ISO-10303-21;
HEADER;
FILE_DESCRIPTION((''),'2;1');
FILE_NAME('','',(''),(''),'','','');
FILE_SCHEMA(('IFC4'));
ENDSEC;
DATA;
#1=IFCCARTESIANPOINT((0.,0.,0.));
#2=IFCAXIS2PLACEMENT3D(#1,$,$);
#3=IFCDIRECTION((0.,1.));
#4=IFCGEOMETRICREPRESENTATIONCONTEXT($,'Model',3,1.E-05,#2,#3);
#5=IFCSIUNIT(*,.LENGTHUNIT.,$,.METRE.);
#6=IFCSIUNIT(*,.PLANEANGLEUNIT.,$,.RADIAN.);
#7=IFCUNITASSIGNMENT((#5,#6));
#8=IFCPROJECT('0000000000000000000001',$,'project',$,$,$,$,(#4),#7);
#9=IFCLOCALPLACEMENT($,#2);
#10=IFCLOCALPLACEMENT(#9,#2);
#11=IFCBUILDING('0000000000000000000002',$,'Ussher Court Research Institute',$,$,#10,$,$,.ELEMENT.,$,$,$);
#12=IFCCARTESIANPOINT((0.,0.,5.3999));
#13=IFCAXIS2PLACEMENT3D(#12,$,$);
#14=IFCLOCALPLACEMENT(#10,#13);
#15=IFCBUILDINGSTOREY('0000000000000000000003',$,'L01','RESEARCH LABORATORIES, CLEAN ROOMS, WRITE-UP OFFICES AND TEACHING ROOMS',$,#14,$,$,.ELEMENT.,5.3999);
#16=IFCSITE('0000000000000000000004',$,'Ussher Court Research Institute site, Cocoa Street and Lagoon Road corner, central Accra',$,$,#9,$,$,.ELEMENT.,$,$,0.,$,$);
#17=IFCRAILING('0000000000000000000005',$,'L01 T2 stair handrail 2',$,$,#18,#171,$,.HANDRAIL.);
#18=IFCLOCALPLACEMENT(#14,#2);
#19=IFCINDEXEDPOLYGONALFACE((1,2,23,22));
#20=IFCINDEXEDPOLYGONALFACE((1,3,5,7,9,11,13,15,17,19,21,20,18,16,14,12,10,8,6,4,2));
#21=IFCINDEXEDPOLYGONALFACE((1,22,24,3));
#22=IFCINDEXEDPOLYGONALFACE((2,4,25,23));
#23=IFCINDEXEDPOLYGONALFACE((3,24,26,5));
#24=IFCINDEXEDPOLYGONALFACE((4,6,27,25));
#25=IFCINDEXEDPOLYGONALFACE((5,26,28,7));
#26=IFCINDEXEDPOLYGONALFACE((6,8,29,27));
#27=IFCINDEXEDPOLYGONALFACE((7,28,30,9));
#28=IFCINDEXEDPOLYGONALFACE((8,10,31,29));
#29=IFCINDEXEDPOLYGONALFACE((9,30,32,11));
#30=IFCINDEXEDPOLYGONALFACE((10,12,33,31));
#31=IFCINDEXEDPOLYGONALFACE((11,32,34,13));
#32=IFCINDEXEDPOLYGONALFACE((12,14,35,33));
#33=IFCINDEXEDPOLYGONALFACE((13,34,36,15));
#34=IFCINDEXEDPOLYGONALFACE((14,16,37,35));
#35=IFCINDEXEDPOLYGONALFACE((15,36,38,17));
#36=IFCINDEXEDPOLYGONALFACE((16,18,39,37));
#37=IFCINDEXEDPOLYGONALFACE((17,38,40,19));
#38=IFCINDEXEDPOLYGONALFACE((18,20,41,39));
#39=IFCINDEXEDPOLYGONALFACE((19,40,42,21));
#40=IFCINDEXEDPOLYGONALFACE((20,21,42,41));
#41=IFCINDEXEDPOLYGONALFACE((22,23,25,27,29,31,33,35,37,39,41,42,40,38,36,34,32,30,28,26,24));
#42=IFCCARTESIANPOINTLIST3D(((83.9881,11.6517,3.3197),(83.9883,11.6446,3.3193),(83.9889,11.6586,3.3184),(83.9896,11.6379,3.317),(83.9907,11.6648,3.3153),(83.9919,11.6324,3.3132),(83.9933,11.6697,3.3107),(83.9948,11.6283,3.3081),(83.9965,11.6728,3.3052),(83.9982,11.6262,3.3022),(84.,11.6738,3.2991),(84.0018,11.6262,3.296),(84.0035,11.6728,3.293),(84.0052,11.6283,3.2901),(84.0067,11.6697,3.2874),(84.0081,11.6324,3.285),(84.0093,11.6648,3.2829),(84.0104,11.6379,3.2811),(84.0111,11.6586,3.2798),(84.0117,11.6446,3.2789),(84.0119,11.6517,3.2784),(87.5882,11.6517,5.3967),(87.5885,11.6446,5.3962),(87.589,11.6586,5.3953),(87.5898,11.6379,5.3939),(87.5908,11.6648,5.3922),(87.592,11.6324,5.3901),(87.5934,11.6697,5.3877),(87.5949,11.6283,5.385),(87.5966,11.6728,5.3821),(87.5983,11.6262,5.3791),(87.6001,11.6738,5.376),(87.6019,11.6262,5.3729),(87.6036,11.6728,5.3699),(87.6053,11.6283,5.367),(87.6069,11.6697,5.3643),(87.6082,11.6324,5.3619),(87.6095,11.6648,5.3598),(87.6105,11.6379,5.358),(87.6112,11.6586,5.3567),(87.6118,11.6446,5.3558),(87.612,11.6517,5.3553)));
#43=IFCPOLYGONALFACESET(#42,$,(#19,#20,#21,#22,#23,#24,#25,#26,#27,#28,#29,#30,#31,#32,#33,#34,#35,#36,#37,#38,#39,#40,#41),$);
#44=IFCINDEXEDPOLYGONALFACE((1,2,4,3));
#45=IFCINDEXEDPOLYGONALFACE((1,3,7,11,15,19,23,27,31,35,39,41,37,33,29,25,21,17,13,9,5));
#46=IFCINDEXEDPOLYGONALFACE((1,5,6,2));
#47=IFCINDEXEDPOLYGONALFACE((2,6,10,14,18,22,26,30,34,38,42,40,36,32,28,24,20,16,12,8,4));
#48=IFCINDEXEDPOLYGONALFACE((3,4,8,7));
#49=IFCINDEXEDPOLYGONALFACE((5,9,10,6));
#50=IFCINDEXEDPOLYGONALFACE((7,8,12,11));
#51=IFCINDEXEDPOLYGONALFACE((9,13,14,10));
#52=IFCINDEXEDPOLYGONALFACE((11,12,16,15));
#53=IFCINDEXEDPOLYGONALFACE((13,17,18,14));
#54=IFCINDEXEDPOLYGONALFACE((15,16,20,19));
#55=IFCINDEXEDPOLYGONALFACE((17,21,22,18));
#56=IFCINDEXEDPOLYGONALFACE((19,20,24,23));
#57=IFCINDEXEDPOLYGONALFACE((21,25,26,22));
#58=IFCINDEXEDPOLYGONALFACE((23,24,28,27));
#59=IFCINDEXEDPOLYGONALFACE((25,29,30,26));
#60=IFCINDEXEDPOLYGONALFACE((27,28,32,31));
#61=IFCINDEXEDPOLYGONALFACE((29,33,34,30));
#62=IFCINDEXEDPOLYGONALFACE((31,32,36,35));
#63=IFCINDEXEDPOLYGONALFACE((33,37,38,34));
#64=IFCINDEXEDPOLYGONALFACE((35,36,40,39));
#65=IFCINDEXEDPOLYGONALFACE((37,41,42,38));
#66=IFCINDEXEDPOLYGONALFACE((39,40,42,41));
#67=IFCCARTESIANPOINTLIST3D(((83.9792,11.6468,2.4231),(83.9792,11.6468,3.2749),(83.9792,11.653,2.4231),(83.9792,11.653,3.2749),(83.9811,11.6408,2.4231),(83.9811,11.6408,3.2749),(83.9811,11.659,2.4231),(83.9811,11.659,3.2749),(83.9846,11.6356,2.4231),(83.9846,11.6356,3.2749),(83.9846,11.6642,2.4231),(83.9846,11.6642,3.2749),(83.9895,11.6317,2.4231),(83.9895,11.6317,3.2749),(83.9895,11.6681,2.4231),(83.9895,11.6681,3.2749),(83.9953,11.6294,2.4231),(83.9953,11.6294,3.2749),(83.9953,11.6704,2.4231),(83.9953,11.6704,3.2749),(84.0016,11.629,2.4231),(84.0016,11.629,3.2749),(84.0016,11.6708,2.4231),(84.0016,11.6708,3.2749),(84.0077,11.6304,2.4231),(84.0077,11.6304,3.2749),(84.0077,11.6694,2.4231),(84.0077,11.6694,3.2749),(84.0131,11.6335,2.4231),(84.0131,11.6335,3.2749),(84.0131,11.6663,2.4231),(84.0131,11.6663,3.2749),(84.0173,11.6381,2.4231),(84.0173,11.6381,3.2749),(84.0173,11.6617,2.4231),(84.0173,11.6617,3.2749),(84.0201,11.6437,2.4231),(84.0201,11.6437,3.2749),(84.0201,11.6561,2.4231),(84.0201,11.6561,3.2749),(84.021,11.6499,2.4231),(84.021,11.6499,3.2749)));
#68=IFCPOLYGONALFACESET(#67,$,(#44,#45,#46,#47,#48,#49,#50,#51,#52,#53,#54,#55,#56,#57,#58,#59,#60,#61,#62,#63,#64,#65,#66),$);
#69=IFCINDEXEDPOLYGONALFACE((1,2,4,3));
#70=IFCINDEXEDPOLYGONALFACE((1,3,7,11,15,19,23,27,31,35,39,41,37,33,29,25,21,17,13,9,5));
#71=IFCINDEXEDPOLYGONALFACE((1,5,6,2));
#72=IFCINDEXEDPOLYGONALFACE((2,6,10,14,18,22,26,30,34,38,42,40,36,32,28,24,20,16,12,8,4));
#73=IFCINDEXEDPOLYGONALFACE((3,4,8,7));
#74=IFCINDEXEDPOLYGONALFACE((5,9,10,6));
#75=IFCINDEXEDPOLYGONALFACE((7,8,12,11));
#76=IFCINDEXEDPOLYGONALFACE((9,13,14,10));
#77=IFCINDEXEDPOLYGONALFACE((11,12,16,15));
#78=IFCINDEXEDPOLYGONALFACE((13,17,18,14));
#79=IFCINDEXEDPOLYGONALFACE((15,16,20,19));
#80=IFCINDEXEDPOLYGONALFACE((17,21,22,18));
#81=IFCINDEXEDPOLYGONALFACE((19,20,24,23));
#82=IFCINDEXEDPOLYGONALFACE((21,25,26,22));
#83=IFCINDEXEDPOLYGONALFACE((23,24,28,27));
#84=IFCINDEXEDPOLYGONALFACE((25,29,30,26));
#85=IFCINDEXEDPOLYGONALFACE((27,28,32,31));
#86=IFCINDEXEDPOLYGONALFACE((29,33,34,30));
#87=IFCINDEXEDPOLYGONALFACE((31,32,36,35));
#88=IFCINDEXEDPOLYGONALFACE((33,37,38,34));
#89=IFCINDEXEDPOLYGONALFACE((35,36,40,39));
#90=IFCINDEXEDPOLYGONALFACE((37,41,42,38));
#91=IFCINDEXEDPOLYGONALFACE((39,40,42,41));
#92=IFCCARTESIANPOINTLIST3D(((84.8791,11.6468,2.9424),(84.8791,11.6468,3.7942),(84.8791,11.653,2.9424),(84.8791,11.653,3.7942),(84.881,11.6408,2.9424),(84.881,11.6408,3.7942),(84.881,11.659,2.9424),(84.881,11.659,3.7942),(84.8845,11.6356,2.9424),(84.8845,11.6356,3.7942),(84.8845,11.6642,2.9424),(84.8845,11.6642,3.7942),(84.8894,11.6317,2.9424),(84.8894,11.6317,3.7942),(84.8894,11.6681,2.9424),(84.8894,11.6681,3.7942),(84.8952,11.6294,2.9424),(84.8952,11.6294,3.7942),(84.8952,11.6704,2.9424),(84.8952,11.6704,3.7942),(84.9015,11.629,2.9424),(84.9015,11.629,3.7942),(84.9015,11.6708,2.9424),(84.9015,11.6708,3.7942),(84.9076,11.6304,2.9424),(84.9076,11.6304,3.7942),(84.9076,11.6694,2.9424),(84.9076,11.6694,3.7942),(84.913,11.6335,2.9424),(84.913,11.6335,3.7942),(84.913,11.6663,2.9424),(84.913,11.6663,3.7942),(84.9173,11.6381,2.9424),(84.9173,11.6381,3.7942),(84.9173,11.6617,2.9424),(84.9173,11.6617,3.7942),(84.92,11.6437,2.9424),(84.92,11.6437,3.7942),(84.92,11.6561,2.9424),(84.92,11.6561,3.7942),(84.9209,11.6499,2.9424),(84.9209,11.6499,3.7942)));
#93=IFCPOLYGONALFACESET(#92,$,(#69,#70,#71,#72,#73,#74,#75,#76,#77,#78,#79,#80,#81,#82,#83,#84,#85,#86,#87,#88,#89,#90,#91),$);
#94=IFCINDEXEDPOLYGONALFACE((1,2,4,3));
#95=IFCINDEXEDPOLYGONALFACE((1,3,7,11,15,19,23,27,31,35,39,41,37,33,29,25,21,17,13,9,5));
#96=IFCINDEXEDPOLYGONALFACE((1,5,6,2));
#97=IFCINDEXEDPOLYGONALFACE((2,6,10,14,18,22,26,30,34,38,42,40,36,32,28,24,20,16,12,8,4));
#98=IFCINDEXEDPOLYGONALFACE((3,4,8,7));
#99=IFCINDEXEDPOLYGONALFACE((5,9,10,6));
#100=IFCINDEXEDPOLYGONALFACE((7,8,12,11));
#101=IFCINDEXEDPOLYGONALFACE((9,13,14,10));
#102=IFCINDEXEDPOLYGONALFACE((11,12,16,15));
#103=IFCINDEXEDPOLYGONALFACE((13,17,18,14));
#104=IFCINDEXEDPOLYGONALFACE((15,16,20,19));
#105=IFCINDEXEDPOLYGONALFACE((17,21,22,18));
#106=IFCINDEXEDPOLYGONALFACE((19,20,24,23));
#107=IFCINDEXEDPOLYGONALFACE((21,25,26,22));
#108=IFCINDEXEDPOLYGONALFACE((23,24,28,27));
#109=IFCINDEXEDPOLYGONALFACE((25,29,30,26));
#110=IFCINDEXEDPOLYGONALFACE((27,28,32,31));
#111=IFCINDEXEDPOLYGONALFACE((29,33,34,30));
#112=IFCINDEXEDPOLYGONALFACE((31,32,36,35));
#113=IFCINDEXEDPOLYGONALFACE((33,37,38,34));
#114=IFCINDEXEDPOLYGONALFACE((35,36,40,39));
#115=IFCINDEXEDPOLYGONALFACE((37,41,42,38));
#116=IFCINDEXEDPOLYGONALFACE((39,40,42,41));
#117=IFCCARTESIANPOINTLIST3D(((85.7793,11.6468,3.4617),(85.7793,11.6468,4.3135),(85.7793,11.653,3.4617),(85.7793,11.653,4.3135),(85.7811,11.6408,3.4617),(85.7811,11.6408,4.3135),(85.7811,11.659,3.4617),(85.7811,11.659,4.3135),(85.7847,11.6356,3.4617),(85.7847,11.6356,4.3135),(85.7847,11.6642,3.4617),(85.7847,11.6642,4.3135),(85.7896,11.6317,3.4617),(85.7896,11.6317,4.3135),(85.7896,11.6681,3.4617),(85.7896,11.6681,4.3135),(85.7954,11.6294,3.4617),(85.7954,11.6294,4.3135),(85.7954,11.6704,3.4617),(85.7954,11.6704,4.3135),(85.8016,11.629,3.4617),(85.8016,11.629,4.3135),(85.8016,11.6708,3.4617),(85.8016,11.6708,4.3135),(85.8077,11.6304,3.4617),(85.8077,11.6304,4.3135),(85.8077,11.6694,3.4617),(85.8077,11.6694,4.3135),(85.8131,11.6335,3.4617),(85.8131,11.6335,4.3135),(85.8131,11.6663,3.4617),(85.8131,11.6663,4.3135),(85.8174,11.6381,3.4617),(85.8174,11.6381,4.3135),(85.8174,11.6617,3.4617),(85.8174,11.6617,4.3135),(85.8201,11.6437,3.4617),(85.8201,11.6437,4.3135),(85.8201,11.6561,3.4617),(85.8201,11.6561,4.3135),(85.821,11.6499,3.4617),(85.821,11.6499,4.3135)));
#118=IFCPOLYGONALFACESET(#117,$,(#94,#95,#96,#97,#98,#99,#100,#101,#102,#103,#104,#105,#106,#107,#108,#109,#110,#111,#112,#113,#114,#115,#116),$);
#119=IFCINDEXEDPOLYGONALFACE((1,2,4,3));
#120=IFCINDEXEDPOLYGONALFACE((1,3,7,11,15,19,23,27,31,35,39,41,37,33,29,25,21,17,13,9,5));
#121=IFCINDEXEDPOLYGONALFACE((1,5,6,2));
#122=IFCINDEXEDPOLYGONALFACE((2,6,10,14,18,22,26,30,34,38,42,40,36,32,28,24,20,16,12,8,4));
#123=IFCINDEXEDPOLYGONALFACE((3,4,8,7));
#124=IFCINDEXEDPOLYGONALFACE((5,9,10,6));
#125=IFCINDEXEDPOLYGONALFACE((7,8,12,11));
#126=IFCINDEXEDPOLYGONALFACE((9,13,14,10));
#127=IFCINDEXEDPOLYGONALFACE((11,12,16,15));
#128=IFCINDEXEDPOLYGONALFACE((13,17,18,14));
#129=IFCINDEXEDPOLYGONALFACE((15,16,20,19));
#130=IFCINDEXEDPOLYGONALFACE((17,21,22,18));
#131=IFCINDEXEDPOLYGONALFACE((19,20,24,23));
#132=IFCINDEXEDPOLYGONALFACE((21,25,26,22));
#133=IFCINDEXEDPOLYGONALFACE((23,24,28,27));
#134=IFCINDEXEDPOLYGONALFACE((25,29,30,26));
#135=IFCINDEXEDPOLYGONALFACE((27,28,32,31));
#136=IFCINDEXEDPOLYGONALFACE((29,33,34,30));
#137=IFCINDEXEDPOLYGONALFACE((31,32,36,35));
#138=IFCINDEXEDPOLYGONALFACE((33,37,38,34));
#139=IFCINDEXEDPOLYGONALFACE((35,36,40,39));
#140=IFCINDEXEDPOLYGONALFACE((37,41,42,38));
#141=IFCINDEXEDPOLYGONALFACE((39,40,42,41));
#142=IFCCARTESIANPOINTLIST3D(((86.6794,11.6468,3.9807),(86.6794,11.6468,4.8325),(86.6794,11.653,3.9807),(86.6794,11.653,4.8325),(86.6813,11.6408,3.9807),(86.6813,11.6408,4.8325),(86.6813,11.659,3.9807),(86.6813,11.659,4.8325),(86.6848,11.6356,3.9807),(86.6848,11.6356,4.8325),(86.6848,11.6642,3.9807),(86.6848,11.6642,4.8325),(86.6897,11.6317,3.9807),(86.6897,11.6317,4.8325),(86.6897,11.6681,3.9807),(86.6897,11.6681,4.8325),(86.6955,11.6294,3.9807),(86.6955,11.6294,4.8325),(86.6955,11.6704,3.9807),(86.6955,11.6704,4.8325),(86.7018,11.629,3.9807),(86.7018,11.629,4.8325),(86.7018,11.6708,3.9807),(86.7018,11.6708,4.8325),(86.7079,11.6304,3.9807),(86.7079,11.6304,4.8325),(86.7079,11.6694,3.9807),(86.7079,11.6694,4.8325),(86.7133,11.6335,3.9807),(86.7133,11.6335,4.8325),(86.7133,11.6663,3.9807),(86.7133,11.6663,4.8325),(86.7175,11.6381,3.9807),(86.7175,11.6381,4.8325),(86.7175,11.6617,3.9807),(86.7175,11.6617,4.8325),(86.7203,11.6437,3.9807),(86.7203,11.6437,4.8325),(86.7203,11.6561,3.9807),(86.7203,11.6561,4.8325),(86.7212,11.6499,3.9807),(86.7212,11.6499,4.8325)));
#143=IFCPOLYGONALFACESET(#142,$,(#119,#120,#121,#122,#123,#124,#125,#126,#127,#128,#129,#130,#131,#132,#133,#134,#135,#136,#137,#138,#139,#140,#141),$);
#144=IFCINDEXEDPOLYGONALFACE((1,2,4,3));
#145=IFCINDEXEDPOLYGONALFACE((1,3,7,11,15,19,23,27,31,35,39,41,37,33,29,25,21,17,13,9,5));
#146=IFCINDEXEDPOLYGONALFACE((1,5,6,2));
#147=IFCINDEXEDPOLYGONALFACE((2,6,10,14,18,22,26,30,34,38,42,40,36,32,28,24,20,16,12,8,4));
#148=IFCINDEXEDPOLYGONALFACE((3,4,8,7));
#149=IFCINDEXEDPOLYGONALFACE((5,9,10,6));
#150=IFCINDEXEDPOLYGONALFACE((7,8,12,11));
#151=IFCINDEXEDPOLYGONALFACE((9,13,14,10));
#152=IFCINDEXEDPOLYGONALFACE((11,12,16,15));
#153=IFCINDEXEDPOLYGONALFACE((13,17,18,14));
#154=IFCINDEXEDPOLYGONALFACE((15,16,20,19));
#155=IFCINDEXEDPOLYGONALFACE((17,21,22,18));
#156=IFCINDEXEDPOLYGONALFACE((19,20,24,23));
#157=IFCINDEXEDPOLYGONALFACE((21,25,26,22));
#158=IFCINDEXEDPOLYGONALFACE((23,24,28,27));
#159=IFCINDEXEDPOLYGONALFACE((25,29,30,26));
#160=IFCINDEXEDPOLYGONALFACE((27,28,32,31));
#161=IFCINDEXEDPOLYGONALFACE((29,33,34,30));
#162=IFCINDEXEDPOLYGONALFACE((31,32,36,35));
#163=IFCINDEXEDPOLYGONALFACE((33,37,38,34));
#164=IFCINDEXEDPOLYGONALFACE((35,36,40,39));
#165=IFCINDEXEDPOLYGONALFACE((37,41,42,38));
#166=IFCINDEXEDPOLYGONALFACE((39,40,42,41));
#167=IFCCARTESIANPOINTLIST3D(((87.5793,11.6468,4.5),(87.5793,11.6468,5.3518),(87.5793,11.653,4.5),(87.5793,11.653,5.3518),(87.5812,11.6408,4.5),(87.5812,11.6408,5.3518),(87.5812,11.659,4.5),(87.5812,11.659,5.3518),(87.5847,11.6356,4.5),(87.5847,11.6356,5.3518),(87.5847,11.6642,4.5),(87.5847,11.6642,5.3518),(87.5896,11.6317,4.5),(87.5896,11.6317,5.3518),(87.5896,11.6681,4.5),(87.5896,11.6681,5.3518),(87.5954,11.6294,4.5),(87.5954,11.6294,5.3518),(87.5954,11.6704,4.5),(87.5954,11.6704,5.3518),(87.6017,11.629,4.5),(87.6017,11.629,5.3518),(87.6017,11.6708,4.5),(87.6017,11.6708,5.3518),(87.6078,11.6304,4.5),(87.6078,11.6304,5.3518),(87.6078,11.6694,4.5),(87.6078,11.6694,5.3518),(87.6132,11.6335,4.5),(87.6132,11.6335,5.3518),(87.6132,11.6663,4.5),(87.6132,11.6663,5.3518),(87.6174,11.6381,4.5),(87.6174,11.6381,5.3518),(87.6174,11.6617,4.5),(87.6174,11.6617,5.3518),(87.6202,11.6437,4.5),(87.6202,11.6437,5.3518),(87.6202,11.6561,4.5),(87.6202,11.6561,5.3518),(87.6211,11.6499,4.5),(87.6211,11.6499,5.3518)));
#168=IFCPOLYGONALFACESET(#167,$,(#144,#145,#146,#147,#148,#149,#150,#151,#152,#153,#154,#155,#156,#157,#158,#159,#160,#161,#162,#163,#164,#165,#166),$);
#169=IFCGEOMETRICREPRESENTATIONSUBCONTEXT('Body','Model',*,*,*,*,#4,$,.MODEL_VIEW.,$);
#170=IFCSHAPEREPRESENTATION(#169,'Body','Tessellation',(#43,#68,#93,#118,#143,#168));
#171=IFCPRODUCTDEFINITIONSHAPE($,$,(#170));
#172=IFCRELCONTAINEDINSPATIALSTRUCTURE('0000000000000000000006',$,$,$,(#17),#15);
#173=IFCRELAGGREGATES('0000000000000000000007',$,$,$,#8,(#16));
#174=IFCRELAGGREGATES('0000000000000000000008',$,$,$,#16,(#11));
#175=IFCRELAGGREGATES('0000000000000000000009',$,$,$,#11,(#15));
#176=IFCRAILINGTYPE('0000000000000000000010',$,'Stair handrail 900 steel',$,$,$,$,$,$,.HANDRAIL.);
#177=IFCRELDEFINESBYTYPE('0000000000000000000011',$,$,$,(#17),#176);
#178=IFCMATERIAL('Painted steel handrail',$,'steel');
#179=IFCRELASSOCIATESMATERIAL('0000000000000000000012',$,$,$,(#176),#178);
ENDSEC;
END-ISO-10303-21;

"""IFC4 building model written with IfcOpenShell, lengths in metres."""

from ifc_helpers import new_model, si_unit, direction, frame, origin, origin_2d, place, context, subcontext, project, spatial, circle, extrude, material, type_object, element, save


model = new_model("IFC4")

# Units and contexts
model_context = context("Model", 3, precision=1e-05, world=origin(), true_north=direction((0.0, 1.0)))
body_context = subcontext(model_context, "Body", "Model", "MODEL_VIEW")
ifc_project = project(units=[si_unit("LENGTHUNIT", "METRE"), si_unit("PLANEANGLEUNIT", "RADIAN")], contexts=[model_context])

# Site, building, storey
site_placement = place(None, origin())
site = spatial("IfcSite", under=ifc_project, at=site_placement, Name="Ussher Court Research Institute site, Cocoa Street and Lagoon Road corner, central Accra", CompositionType="ELEMENT", RefElevation=0.0)
building_placement = place(site_placement, origin())
building = spatial("IfcBuilding", under=site, at=building_placement, Name="Ussher Court Research Institute", CompositionType="ELEMENT")
storey_placement = place(building_placement, frame((0.0, 0.0, 5.3999)))
storey = spatial("IfcBuildingStorey", under=building, at=storey_placement, Name="L01", Description="RESEARCH LABORATORIES, CLEAN ROOMS, WRITE-UP OFFICES AND TEACHING ROOMS", CompositionType="ELEMENT", Elevation=5.3999)

# Railing
ifc_material_1 = material(Name="Painted steel handrail", Category="steel")
railing_type_1 = type_object("IfcRailingType", Name="Stair handrail 900 steel", PredefinedType="HANDRAIL", material=ifc_material_1)
railing_1_placement = place(storey_placement, frame((84.0, 11.6499, 2.4231)))
element("IfcRailing", 1, at=railing_1_placement, inside=storey, type_object=railing_type_1, Name="L01 T2 stair handrail 2", PredefinedType="HANDRAIL", context=body_context, shape_type="SweptSolid", body=[
    extrude(circle(Radius=0.0239, at=origin_2d()), frame((0.0, 0.0, 0.876), z_axis=(0.866193, 0.0, 0.499709), x_axis=(0.0, 1.0, 0.0)), (0.0, 0.0, 1.0), 4.1562),
    extrude(circle(Radius=0.021, at=origin_2d()), origin(), (0.0, 0.0, 1.0), 0.8518),
    extrude(circle(Radius=0.021, at=origin_2d()), frame((0.8999, 0.0, 0.5193)), (0.0, 0.0, 1.0), 0.8518),
    extrude(circle(Radius=0.021, at=origin_2d()), frame((1.8, 0.0, 1.0386)), (0.0, 0.0, 1.0), 0.8518),
    extrude(circle(Radius=0.021, at=origin_2d()), frame((2.7002, 0.0, 1.5576)), (0.0, 0.0, 1.0), 0.8518),
    extrude(circle(Radius=0.021, at=origin_2d()), frame((3.6001, 0.0, 2.0769)), (0.0, 0.0, 1.0), 0.8518),
])

save(model, "model.ifc")
